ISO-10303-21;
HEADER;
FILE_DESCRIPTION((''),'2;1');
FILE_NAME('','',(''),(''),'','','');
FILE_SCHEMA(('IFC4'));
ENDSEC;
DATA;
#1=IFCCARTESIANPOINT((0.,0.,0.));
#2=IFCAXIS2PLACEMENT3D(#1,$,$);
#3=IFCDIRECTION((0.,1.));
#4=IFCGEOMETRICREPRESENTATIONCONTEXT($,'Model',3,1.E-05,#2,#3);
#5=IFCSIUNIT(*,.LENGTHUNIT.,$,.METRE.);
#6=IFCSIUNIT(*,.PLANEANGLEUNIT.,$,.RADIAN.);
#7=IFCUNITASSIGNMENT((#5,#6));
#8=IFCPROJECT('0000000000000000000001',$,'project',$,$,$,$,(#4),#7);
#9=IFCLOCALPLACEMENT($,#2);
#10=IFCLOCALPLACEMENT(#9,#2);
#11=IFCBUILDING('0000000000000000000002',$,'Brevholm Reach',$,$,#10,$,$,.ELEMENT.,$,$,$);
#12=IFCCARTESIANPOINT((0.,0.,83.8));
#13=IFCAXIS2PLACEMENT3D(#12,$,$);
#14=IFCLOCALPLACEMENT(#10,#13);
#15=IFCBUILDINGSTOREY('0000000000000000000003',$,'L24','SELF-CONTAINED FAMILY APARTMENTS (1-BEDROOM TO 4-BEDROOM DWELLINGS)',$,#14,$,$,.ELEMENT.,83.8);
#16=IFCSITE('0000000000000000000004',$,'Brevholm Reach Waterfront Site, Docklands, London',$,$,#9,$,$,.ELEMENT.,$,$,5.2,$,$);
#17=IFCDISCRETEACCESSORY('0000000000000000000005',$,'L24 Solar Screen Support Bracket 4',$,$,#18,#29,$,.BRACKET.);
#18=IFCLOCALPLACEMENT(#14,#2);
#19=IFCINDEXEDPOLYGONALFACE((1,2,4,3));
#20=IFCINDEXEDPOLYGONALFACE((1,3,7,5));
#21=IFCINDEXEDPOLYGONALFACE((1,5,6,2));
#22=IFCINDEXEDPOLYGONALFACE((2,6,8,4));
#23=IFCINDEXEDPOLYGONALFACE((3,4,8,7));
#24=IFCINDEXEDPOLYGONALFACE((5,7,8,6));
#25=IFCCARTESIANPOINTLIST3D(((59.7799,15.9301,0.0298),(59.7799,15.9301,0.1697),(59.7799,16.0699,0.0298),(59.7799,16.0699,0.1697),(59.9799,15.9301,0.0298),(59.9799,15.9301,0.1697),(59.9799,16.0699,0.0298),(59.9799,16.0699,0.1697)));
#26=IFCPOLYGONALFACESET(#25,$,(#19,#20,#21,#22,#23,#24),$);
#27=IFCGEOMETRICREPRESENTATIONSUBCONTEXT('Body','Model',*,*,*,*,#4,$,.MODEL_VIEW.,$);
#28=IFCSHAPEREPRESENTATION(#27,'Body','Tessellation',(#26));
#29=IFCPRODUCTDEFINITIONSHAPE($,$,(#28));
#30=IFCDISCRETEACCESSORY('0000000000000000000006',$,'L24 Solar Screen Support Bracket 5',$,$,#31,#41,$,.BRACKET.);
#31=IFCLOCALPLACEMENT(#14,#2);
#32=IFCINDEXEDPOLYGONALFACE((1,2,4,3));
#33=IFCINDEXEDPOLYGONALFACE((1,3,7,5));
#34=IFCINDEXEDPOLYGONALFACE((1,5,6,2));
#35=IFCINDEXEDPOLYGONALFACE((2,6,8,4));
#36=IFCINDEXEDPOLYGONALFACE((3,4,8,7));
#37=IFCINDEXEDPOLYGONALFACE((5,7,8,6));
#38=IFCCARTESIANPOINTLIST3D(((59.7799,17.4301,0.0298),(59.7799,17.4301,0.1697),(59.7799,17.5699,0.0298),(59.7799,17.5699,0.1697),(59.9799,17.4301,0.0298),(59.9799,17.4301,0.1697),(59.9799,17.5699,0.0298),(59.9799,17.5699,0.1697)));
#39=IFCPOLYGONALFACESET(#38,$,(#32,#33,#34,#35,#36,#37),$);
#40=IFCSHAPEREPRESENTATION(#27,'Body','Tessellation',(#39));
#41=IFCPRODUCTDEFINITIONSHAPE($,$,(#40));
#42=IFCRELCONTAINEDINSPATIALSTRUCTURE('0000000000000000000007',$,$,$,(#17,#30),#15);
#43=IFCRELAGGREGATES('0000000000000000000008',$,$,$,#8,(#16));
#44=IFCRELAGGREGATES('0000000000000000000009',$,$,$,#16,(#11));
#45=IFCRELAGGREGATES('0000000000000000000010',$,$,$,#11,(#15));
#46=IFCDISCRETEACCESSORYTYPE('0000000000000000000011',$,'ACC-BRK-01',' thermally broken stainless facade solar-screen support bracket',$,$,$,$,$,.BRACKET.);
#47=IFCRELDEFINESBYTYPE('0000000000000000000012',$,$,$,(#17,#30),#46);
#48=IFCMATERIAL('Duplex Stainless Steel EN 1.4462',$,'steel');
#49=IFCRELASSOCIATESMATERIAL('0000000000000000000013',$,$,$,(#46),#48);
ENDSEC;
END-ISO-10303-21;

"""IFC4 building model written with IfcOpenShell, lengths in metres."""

from ifc_helpers import new_model, si_unit, direction, frame, origin, origin_2d, place, context, subcontext, project, spatial, rectangle, extrude, material, type_object, element, save


model = new_model("IFC4")

# Units and contexts
model_context = context("Model", 3, precision=1e-05, world=origin(), true_north=direction((0.0, 1.0)))
body_context = subcontext(model_context, "Body", "Model", "MODEL_VIEW")
ifc_project = project(units=[si_unit("LENGTHUNIT", "METRE"), si_unit("PLANEANGLEUNIT", "RADIAN")], contexts=[model_context])

# Site, building, storey
site_placement = place(None, origin())
site = spatial("IfcSite", under=ifc_project, at=site_placement, Name="Brevholm Reach Waterfront Site, Docklands, London", CompositionType="ELEMENT", RefElevation=5.2)
building_placement = place(site_placement, origin())
building = spatial("IfcBuilding", under=site, at=building_placement, Name="Brevholm Reach", CompositionType="ELEMENT")
storey_placement = place(building_placement, frame((0.0, 0.0, 83.8)))
storey = spatial("IfcBuildingStorey", under=building, at=storey_placement, Name="L24", Description="SELF-CONTAINED FAMILY APARTMENTS (1-BEDROOM TO 4-BEDROOM DWELLINGS)", CompositionType="ELEMENT", Elevation=83.8)

# Discrete accessories
ifc_material_1 = material(Name="Duplex Stainless Steel EN 1.4462", Category="steel")
discrete_accessory_type = type_object("IfcDiscreteAccessoryType", Name="ACC-BRK-01", Description=" thermally broken stainless facade solar-screen support bracket", PredefinedType="BRACKET", material=ifc_material_1)
for number, where, z_axis, x_axis, name in (
    (1, (59.8799, 16.0, 0.0298), (0.0, 0.0, 1.0), (1.0, 0.0, 0.0), "L24 Solar Screen Support Bracket 4"),
    (2, (59.8799, 17.5, 0.0298), (0.0, 0.0, 1.0), (1.0, 0.0, 0.0), "L24 Solar Screen Support Bracket 5"),
):
    element("IfcDiscreteAccessory", number, at=place(storey_placement, frame(where, z_axis=z_axis, x_axis=x_axis)), inside=storey, type_object=discrete_accessory_type, Name=name, PredefinedType="BRACKET", context=body_context, shape_type="SweptSolid", body=[
        extrude(rectangle(XDim=0.2, YDim=0.1399, at=origin_2d()), origin(), (0.0, 0.0, 1.0), 0.1399),
    ])

save(model, "model.ifc")
